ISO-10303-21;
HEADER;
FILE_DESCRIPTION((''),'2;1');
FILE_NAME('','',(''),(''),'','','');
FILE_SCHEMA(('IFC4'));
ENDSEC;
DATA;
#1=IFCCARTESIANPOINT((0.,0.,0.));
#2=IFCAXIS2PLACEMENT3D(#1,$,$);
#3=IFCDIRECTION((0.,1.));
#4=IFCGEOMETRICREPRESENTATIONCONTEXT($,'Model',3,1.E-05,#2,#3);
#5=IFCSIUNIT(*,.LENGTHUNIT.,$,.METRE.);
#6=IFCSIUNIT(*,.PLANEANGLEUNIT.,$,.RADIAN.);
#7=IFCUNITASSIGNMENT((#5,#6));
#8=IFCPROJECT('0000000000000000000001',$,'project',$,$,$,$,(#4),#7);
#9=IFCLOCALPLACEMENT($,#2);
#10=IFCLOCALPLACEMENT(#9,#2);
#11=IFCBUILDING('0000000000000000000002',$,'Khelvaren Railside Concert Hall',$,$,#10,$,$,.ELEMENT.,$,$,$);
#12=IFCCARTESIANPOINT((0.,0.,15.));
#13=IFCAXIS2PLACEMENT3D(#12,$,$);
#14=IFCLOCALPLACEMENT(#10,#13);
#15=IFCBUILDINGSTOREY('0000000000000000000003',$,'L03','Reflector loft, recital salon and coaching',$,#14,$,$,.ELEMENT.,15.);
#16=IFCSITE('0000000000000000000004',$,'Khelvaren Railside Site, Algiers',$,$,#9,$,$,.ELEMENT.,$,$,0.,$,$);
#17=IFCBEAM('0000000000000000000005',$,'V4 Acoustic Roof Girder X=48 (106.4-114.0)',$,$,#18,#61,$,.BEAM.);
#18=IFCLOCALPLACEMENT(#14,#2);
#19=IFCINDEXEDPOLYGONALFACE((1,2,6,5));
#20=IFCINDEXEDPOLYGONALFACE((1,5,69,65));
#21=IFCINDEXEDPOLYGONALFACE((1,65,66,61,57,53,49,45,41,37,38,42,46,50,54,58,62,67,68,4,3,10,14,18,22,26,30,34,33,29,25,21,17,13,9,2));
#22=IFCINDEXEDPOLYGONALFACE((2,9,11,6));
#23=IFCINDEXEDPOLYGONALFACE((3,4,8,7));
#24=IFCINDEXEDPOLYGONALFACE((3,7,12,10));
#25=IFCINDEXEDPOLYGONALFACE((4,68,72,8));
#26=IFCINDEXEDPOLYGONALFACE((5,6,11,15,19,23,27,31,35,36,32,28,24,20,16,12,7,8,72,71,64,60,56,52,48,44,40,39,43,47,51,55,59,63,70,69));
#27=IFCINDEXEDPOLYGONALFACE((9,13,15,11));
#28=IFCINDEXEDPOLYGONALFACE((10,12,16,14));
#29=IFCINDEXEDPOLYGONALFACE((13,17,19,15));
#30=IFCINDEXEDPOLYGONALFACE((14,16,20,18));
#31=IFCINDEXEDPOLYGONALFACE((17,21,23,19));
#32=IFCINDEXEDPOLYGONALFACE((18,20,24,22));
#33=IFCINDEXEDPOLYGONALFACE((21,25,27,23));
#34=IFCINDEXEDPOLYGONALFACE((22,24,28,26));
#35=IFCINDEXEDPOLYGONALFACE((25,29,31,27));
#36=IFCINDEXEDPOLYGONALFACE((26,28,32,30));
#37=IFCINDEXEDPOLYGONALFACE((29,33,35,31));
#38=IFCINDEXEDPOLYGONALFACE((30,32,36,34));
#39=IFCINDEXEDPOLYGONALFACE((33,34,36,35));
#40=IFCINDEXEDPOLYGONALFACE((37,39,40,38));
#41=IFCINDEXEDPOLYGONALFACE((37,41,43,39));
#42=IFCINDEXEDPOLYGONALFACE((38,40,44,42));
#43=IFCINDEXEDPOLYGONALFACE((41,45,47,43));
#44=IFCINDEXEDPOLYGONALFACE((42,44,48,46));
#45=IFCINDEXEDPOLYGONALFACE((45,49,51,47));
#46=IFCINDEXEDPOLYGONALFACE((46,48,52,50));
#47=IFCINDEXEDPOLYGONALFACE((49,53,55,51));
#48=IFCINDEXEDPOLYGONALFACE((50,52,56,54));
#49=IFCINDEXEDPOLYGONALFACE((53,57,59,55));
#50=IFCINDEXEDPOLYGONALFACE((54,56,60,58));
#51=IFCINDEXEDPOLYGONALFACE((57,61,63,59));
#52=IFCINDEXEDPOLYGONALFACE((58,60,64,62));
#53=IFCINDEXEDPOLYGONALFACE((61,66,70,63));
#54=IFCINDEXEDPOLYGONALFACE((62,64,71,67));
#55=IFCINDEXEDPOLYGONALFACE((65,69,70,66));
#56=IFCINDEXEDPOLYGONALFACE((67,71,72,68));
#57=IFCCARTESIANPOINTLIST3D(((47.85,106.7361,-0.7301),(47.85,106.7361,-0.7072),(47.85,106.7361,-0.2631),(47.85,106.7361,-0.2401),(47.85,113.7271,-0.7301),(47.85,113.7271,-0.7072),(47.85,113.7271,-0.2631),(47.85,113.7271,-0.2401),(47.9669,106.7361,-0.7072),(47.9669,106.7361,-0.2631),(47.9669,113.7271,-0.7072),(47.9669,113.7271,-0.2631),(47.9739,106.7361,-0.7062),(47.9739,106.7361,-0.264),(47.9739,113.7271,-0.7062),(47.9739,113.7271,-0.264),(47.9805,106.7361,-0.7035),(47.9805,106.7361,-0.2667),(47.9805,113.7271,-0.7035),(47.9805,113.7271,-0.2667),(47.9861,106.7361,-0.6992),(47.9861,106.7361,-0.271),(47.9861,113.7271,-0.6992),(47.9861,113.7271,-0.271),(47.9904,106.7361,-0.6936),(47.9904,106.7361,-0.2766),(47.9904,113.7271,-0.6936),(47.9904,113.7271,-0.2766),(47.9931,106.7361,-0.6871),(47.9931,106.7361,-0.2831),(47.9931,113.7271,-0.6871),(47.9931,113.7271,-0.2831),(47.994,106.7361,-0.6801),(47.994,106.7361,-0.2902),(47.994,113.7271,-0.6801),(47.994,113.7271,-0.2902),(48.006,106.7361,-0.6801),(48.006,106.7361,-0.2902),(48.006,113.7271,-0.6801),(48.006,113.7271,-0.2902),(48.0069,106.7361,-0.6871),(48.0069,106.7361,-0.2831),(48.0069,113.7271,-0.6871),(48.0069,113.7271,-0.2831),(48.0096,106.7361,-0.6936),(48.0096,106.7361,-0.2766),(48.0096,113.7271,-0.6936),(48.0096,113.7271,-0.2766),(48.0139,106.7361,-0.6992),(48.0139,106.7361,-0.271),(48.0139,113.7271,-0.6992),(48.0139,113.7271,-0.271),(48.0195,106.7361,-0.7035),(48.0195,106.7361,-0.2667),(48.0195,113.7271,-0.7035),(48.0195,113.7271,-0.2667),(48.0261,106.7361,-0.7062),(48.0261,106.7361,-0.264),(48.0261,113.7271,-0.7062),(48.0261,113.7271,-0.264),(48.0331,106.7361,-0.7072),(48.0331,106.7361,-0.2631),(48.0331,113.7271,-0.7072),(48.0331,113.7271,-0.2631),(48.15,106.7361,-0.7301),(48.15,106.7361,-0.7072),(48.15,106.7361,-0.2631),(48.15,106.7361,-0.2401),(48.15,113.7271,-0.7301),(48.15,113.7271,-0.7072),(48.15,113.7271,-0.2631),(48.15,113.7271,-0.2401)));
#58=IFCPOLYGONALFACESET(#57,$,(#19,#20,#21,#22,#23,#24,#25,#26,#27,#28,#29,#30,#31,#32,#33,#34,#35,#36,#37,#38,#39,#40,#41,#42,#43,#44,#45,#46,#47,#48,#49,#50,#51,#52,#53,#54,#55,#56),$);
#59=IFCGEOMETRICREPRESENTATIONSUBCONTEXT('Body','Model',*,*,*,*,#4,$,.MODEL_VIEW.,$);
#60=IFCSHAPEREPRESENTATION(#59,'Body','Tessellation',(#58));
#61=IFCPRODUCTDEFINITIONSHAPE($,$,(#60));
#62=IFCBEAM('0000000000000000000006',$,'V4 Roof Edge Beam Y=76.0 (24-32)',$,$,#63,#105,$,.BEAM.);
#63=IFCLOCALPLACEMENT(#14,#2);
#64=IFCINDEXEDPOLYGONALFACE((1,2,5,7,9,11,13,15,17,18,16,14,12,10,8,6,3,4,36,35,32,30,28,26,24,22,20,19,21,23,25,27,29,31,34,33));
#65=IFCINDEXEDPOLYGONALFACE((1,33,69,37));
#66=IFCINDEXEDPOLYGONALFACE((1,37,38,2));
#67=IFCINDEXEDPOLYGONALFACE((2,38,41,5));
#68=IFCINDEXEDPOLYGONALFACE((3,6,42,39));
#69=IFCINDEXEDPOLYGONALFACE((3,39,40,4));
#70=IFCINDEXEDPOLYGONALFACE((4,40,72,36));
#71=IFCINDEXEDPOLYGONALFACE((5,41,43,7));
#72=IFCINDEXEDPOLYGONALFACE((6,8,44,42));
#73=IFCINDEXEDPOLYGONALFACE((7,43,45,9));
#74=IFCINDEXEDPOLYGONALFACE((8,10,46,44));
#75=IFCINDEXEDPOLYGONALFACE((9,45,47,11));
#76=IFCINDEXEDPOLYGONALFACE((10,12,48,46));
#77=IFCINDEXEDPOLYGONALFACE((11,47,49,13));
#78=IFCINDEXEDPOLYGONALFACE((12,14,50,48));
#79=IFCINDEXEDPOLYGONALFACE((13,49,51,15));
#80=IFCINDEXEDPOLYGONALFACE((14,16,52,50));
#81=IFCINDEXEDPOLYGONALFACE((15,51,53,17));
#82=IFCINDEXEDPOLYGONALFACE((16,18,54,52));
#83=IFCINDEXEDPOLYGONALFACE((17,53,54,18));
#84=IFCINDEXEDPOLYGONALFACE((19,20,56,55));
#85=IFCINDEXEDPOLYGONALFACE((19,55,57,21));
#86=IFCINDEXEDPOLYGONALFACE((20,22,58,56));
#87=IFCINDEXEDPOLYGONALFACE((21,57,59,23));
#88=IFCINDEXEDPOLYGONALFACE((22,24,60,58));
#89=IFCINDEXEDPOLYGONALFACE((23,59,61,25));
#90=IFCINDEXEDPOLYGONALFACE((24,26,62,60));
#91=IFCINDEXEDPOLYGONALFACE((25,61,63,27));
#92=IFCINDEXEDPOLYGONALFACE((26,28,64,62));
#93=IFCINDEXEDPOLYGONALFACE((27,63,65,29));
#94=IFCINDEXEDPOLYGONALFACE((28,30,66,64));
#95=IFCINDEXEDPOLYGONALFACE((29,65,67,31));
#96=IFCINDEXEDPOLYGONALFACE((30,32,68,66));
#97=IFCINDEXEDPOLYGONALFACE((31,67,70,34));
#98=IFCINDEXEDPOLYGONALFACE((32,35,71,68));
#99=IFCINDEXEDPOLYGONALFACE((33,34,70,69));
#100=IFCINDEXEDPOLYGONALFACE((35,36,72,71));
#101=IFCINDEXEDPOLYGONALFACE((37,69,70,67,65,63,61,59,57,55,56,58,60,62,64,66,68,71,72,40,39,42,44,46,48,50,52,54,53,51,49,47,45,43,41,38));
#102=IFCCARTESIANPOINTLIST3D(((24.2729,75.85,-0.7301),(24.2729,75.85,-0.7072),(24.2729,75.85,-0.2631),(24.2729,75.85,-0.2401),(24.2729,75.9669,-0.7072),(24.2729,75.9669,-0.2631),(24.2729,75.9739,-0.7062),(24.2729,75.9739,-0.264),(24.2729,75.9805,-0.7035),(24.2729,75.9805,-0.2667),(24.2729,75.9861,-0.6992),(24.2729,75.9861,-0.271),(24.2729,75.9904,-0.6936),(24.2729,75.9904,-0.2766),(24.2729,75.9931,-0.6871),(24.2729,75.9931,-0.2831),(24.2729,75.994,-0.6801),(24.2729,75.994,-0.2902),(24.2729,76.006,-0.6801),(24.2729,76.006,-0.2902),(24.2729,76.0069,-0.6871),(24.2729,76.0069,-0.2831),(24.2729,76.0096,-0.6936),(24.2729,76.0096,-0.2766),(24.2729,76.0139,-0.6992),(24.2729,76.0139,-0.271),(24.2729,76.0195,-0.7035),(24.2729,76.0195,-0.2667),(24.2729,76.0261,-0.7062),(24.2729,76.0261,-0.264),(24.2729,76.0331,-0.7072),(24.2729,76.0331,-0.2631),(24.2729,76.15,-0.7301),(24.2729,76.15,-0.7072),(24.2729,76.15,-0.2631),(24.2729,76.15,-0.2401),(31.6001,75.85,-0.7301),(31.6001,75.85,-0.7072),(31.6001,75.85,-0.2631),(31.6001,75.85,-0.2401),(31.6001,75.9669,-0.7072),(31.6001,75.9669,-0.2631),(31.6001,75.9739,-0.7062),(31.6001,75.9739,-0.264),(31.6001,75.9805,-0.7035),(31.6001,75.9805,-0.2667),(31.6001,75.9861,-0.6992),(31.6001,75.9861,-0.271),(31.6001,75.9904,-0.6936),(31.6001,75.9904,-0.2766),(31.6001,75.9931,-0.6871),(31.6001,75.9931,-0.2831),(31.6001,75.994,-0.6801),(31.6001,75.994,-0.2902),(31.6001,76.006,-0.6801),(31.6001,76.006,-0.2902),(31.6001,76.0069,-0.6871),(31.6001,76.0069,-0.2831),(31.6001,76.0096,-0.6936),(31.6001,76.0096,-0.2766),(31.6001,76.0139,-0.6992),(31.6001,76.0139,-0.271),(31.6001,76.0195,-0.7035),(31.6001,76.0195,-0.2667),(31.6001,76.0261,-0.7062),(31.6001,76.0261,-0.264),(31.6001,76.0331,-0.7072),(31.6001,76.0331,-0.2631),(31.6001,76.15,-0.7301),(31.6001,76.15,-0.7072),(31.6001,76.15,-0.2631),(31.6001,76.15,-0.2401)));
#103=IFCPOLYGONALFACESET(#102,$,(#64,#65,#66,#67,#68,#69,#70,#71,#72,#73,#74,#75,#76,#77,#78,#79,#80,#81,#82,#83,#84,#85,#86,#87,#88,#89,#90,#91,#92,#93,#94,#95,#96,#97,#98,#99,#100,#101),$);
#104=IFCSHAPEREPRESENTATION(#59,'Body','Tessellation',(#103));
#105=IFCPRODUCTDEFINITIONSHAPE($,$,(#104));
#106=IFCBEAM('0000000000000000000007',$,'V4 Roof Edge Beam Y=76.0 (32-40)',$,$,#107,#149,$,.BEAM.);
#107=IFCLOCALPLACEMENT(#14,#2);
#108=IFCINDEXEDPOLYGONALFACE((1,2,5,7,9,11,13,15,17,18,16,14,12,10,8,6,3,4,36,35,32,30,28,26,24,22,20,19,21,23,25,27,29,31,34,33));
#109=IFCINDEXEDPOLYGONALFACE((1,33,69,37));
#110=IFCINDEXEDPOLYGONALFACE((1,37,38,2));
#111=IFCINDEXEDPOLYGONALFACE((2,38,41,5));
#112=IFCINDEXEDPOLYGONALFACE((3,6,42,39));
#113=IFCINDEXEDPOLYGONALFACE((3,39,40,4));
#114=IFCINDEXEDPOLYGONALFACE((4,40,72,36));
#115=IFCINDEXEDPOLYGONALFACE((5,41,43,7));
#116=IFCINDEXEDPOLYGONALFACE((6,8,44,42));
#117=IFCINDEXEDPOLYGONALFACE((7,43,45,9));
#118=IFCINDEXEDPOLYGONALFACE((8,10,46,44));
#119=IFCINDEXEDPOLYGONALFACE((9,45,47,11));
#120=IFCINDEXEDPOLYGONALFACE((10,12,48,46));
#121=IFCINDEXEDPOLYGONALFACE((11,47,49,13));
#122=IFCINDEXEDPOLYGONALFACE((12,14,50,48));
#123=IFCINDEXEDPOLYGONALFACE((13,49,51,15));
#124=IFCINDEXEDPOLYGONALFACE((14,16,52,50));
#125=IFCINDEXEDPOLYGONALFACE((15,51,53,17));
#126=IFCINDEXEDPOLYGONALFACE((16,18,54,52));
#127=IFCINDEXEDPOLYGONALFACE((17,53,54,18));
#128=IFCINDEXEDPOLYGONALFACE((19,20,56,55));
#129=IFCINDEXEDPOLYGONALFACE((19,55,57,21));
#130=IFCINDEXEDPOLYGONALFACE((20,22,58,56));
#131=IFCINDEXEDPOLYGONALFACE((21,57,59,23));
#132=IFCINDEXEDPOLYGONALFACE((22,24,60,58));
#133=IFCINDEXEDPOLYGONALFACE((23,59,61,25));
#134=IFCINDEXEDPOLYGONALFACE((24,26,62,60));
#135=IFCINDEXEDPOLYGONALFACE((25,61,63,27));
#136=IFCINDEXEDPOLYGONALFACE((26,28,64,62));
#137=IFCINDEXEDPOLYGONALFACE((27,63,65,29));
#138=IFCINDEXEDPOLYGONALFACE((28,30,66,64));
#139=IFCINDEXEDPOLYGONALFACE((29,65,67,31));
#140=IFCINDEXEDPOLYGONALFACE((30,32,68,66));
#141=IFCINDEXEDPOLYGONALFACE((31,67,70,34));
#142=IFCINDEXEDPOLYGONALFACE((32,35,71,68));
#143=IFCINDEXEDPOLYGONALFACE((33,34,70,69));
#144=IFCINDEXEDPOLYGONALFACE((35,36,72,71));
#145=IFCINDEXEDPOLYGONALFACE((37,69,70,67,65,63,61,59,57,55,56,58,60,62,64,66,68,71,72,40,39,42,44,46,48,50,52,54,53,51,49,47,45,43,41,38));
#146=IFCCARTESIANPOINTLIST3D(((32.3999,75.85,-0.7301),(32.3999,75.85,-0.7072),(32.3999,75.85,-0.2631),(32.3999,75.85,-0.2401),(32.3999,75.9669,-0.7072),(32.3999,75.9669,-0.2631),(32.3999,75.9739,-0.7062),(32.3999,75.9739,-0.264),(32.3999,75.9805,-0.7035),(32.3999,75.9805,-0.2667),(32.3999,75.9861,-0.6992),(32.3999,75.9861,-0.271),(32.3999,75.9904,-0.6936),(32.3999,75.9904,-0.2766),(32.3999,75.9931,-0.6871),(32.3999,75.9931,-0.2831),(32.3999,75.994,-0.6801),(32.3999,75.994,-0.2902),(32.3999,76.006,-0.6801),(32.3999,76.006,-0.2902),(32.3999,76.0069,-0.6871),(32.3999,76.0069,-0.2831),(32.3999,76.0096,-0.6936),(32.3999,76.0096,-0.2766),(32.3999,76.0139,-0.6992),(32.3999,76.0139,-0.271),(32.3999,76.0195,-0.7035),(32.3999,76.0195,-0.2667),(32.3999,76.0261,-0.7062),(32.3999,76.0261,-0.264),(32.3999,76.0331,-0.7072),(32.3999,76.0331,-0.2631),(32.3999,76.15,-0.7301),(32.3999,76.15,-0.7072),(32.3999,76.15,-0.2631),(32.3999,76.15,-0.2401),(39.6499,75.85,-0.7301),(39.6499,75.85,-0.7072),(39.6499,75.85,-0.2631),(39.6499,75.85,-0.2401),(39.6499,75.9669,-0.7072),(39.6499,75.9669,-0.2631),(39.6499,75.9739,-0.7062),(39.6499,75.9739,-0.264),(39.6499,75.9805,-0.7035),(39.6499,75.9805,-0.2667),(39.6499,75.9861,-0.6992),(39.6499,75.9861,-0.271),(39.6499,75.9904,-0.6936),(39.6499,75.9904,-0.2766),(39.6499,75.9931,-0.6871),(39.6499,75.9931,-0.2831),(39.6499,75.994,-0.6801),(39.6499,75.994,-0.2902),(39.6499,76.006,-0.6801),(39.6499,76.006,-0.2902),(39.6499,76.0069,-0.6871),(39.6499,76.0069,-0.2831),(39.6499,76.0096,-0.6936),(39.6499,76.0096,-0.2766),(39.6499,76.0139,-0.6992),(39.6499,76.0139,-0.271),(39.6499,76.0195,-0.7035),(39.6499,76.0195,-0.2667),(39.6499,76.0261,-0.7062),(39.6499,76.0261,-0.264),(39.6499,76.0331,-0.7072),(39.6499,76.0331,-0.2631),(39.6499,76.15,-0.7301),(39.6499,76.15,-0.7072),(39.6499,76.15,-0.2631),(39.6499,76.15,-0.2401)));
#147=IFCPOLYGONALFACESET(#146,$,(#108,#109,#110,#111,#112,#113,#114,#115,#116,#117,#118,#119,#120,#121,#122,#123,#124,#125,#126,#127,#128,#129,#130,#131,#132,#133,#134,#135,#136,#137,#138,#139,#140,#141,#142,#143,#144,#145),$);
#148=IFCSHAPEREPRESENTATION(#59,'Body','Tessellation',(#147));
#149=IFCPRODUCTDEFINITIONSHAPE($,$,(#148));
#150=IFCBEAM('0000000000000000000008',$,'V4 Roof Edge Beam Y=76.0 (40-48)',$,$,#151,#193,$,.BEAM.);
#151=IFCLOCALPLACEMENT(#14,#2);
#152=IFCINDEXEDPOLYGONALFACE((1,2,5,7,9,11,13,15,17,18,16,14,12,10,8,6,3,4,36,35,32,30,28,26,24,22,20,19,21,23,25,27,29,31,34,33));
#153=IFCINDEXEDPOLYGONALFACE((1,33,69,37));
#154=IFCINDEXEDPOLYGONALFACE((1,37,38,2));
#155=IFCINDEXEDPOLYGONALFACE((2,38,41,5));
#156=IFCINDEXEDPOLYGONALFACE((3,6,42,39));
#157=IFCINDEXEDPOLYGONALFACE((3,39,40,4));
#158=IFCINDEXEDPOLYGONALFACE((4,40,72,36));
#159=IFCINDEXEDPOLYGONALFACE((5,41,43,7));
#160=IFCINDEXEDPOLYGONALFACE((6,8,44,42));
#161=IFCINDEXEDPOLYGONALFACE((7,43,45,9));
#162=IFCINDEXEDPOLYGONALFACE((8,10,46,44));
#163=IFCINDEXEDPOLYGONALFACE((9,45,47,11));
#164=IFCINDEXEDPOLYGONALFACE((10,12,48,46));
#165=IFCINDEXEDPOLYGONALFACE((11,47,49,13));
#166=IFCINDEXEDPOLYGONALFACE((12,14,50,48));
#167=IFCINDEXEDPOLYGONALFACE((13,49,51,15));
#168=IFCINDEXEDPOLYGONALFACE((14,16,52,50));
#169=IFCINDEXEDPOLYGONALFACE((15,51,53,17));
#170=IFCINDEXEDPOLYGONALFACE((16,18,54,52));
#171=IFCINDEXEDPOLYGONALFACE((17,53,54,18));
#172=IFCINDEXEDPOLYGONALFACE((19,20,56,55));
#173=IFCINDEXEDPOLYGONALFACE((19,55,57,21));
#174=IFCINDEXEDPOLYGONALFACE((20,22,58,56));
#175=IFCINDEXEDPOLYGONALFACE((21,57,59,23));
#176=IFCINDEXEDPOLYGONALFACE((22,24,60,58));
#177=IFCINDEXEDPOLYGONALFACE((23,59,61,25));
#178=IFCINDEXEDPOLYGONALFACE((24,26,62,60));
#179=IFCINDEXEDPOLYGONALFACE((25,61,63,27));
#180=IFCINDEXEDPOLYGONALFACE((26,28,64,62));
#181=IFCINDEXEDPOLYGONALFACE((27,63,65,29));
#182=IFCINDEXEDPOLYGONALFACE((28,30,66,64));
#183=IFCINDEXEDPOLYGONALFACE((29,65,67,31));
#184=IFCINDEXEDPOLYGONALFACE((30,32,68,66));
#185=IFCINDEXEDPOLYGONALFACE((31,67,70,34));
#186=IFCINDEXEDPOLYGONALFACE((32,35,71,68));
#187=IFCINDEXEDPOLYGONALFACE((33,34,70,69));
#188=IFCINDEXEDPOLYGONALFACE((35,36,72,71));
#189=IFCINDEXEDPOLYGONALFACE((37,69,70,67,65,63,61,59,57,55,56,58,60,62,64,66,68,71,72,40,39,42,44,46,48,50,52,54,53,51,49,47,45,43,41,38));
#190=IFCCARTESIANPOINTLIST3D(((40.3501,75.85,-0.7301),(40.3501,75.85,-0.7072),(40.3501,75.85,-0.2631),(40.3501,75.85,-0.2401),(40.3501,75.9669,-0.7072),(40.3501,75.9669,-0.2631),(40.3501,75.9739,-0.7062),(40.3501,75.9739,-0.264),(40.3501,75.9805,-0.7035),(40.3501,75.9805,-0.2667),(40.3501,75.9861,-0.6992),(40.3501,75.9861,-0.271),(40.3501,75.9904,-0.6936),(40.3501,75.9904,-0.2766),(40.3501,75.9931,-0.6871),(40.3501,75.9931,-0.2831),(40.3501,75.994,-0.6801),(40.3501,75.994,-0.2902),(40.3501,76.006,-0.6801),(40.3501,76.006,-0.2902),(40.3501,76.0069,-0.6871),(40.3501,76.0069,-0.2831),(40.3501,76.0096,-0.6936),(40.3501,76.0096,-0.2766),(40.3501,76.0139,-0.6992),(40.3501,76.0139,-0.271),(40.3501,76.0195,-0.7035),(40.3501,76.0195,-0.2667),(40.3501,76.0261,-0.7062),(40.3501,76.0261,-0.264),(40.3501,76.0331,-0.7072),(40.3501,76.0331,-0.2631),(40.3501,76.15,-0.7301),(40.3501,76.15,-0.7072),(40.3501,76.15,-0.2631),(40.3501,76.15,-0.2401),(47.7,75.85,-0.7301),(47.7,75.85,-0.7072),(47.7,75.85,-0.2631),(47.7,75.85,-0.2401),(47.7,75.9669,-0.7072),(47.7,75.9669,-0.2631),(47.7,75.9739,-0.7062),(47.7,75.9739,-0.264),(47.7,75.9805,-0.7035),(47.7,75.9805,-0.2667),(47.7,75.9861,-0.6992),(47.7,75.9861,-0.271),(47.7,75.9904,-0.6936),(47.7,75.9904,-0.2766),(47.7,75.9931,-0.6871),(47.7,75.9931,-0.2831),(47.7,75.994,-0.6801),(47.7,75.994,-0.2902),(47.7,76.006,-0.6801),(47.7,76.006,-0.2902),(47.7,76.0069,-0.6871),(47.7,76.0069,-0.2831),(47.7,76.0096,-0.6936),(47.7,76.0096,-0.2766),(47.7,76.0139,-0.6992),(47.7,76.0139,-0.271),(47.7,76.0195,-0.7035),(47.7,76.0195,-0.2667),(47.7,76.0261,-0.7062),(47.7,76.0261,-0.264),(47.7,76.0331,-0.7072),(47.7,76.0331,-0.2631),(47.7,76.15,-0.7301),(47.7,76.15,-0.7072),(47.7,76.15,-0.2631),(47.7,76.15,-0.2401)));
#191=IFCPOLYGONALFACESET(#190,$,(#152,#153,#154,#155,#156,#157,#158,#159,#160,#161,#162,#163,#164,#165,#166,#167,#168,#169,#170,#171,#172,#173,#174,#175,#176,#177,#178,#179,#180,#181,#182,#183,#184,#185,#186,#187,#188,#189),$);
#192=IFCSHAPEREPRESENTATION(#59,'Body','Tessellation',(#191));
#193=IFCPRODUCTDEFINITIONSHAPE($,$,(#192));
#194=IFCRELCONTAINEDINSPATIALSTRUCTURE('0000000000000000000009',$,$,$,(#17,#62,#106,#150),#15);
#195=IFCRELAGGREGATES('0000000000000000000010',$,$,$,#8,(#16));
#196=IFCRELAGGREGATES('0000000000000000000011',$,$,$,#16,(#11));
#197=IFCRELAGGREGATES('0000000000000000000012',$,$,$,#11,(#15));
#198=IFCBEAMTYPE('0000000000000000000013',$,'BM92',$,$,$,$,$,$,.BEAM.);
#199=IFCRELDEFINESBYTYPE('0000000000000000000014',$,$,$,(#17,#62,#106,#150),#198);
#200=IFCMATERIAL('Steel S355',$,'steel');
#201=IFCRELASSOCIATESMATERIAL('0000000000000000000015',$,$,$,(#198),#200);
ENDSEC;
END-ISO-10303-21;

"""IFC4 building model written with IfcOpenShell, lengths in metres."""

from ifc_helpers import new_model, si_unit, direction, frame, origin, origin_2d, place, context, subcontext, project, spatial, i_section, extrude, material, material_profile, profile_set, type_object, element, save


model = new_model("IFC4")

# Units and contexts
model_context = context("Model", 3, precision=1e-05, world=origin(), true_north=direction((0.0, 1.0)))
body_context = subcontext(model_context, "Body", "Model", "MODEL_VIEW")
ifc_project = project(units=[si_unit("LENGTHUNIT", "METRE"), si_unit("PLANEANGLEUNIT", "RADIAN")], contexts=[model_context])

# Site, building, storey
site_placement = place(None, origin())
site = spatial("IfcSite", under=ifc_project, at=site_placement, Name="Khelvaren Railside Site, Algiers", CompositionType="ELEMENT", RefElevation=0.0)
building_placement = place(site_placement, origin())
building = spatial("IfcBuilding", under=site, at=building_placement, Name="Khelvaren Railside Concert Hall", CompositionType="ELEMENT")
storey_placement = place(building_placement, frame((0.0, 0.0, 15.0)))
storey = spatial("IfcBuildingStorey", under=building, at=storey_placement, Name="L03", Description="Reflector loft, recital salon and coaching", CompositionType="ELEMENT", Elevation=15.0)

# Beams
ifc_material_1 = material(Name="Steel S355", Category="steel")
ifc_material_profile_1 = material_profile(ifc_material_1, i_section(OverallWidth=0.3, OverallDepth=0.49, WebThickness=0.012, FlangeThickness=0.0229, FilletRadius=0.0271, at=origin_2d()), Name="HEA 500")
ifc_profile_set_1 = profile_set([ifc_material_profile_1], Name="Steel S355")
beam_type = type_object("IfcBeamType", Name="BM92", PredefinedType="BEAM", material=ifc_profile_set_1)
beam_1_placement = place(storey_placement, frame((48.0, 106.7361, -0.4851), z_axis=(0.0, 1.0, 0.0), x_axis=(-1.0, 0.0, 0.0)))
element("IfcBeam", 1, at=beam_1_placement, inside=storey, type_object=beam_type, Name="V4 Acoustic Roof Girder X=48 (106.4-114.0)", PredefinedType="BEAM", context=body_context, shape_type="SweptSolid", body=[
    extrude(i_section(OverallWidth=0.3, OverallDepth=0.49, WebThickness=0.012, FlangeThickness=0.0229, FilletRadius=0.0271, at=origin_2d()), origin(), (0.0, 0.0, 1.0), 6.991),
])
beam_2_placement = place(storey_placement, frame((24.2729, 76.0, -0.4851), z_axis=(1.0, 0.0, 0.0), x_axis=(0.0, 1.0, 0.0)))
element("IfcBeam", 2, at=beam_2_placement, inside=storey, type_object=beam_type, Name="V4 Roof Edge Beam Y=76.0 (24-32)", PredefinedType="BEAM", context=body_context, shape_type="SweptSolid", body=[
    extrude(i_section(OverallWidth=0.3, OverallDepth=0.49, WebThickness=0.012, FlangeThickness=0.0229, FilletRadius=0.0271, at=origin_2d()), origin(), (0.0, 0.0, 1.0), 7.3271),
])
beam_3_placement = place(storey_placement, frame((32.3999, 76.0, -0.4851), z_axis=(1.0, 0.0, 0.0), x_axis=(0.0, 1.0, 0.0)))
element("IfcBeam", 3, at=beam_3_placement, inside=storey, type_object=beam_type, Name="V4 Roof Edge Beam Y=76.0 (32-40)", PredefinedType="BEAM", context=body_context, shape_type="SweptSolid", body=[
    extrude(i_section(OverallWidth=0.3, OverallDepth=0.49, WebThickness=0.012, FlangeThickness=0.0229, FilletRadius=0.0271, at=origin_2d()), origin(), (0.0, 0.0, 1.0), 7.25),
])
beam_4_placement = place(storey_placement, frame((40.3501, 76.0, -0.4851), z_axis=(1.0, 0.0, 0.0), x_axis=(0.0, 1.0, 0.0)))
element("IfcBeam", 4, at=beam_4_placement, inside=storey, type_object=beam_type, Name="V4 Roof Edge Beam Y=76.0 (40-48)", PredefinedType="BEAM", context=body_context, shape_type="SweptSolid", body=[
    extrude(i_section(OverallWidth=0.3, OverallDepth=0.49, WebThickness=0.012, FlangeThickness=0.0229, FilletRadius=0.0271, at=origin_2d()), origin(), (0.0, 0.0, 1.0), 7.3499),
])

save(model, "model.ifc")
